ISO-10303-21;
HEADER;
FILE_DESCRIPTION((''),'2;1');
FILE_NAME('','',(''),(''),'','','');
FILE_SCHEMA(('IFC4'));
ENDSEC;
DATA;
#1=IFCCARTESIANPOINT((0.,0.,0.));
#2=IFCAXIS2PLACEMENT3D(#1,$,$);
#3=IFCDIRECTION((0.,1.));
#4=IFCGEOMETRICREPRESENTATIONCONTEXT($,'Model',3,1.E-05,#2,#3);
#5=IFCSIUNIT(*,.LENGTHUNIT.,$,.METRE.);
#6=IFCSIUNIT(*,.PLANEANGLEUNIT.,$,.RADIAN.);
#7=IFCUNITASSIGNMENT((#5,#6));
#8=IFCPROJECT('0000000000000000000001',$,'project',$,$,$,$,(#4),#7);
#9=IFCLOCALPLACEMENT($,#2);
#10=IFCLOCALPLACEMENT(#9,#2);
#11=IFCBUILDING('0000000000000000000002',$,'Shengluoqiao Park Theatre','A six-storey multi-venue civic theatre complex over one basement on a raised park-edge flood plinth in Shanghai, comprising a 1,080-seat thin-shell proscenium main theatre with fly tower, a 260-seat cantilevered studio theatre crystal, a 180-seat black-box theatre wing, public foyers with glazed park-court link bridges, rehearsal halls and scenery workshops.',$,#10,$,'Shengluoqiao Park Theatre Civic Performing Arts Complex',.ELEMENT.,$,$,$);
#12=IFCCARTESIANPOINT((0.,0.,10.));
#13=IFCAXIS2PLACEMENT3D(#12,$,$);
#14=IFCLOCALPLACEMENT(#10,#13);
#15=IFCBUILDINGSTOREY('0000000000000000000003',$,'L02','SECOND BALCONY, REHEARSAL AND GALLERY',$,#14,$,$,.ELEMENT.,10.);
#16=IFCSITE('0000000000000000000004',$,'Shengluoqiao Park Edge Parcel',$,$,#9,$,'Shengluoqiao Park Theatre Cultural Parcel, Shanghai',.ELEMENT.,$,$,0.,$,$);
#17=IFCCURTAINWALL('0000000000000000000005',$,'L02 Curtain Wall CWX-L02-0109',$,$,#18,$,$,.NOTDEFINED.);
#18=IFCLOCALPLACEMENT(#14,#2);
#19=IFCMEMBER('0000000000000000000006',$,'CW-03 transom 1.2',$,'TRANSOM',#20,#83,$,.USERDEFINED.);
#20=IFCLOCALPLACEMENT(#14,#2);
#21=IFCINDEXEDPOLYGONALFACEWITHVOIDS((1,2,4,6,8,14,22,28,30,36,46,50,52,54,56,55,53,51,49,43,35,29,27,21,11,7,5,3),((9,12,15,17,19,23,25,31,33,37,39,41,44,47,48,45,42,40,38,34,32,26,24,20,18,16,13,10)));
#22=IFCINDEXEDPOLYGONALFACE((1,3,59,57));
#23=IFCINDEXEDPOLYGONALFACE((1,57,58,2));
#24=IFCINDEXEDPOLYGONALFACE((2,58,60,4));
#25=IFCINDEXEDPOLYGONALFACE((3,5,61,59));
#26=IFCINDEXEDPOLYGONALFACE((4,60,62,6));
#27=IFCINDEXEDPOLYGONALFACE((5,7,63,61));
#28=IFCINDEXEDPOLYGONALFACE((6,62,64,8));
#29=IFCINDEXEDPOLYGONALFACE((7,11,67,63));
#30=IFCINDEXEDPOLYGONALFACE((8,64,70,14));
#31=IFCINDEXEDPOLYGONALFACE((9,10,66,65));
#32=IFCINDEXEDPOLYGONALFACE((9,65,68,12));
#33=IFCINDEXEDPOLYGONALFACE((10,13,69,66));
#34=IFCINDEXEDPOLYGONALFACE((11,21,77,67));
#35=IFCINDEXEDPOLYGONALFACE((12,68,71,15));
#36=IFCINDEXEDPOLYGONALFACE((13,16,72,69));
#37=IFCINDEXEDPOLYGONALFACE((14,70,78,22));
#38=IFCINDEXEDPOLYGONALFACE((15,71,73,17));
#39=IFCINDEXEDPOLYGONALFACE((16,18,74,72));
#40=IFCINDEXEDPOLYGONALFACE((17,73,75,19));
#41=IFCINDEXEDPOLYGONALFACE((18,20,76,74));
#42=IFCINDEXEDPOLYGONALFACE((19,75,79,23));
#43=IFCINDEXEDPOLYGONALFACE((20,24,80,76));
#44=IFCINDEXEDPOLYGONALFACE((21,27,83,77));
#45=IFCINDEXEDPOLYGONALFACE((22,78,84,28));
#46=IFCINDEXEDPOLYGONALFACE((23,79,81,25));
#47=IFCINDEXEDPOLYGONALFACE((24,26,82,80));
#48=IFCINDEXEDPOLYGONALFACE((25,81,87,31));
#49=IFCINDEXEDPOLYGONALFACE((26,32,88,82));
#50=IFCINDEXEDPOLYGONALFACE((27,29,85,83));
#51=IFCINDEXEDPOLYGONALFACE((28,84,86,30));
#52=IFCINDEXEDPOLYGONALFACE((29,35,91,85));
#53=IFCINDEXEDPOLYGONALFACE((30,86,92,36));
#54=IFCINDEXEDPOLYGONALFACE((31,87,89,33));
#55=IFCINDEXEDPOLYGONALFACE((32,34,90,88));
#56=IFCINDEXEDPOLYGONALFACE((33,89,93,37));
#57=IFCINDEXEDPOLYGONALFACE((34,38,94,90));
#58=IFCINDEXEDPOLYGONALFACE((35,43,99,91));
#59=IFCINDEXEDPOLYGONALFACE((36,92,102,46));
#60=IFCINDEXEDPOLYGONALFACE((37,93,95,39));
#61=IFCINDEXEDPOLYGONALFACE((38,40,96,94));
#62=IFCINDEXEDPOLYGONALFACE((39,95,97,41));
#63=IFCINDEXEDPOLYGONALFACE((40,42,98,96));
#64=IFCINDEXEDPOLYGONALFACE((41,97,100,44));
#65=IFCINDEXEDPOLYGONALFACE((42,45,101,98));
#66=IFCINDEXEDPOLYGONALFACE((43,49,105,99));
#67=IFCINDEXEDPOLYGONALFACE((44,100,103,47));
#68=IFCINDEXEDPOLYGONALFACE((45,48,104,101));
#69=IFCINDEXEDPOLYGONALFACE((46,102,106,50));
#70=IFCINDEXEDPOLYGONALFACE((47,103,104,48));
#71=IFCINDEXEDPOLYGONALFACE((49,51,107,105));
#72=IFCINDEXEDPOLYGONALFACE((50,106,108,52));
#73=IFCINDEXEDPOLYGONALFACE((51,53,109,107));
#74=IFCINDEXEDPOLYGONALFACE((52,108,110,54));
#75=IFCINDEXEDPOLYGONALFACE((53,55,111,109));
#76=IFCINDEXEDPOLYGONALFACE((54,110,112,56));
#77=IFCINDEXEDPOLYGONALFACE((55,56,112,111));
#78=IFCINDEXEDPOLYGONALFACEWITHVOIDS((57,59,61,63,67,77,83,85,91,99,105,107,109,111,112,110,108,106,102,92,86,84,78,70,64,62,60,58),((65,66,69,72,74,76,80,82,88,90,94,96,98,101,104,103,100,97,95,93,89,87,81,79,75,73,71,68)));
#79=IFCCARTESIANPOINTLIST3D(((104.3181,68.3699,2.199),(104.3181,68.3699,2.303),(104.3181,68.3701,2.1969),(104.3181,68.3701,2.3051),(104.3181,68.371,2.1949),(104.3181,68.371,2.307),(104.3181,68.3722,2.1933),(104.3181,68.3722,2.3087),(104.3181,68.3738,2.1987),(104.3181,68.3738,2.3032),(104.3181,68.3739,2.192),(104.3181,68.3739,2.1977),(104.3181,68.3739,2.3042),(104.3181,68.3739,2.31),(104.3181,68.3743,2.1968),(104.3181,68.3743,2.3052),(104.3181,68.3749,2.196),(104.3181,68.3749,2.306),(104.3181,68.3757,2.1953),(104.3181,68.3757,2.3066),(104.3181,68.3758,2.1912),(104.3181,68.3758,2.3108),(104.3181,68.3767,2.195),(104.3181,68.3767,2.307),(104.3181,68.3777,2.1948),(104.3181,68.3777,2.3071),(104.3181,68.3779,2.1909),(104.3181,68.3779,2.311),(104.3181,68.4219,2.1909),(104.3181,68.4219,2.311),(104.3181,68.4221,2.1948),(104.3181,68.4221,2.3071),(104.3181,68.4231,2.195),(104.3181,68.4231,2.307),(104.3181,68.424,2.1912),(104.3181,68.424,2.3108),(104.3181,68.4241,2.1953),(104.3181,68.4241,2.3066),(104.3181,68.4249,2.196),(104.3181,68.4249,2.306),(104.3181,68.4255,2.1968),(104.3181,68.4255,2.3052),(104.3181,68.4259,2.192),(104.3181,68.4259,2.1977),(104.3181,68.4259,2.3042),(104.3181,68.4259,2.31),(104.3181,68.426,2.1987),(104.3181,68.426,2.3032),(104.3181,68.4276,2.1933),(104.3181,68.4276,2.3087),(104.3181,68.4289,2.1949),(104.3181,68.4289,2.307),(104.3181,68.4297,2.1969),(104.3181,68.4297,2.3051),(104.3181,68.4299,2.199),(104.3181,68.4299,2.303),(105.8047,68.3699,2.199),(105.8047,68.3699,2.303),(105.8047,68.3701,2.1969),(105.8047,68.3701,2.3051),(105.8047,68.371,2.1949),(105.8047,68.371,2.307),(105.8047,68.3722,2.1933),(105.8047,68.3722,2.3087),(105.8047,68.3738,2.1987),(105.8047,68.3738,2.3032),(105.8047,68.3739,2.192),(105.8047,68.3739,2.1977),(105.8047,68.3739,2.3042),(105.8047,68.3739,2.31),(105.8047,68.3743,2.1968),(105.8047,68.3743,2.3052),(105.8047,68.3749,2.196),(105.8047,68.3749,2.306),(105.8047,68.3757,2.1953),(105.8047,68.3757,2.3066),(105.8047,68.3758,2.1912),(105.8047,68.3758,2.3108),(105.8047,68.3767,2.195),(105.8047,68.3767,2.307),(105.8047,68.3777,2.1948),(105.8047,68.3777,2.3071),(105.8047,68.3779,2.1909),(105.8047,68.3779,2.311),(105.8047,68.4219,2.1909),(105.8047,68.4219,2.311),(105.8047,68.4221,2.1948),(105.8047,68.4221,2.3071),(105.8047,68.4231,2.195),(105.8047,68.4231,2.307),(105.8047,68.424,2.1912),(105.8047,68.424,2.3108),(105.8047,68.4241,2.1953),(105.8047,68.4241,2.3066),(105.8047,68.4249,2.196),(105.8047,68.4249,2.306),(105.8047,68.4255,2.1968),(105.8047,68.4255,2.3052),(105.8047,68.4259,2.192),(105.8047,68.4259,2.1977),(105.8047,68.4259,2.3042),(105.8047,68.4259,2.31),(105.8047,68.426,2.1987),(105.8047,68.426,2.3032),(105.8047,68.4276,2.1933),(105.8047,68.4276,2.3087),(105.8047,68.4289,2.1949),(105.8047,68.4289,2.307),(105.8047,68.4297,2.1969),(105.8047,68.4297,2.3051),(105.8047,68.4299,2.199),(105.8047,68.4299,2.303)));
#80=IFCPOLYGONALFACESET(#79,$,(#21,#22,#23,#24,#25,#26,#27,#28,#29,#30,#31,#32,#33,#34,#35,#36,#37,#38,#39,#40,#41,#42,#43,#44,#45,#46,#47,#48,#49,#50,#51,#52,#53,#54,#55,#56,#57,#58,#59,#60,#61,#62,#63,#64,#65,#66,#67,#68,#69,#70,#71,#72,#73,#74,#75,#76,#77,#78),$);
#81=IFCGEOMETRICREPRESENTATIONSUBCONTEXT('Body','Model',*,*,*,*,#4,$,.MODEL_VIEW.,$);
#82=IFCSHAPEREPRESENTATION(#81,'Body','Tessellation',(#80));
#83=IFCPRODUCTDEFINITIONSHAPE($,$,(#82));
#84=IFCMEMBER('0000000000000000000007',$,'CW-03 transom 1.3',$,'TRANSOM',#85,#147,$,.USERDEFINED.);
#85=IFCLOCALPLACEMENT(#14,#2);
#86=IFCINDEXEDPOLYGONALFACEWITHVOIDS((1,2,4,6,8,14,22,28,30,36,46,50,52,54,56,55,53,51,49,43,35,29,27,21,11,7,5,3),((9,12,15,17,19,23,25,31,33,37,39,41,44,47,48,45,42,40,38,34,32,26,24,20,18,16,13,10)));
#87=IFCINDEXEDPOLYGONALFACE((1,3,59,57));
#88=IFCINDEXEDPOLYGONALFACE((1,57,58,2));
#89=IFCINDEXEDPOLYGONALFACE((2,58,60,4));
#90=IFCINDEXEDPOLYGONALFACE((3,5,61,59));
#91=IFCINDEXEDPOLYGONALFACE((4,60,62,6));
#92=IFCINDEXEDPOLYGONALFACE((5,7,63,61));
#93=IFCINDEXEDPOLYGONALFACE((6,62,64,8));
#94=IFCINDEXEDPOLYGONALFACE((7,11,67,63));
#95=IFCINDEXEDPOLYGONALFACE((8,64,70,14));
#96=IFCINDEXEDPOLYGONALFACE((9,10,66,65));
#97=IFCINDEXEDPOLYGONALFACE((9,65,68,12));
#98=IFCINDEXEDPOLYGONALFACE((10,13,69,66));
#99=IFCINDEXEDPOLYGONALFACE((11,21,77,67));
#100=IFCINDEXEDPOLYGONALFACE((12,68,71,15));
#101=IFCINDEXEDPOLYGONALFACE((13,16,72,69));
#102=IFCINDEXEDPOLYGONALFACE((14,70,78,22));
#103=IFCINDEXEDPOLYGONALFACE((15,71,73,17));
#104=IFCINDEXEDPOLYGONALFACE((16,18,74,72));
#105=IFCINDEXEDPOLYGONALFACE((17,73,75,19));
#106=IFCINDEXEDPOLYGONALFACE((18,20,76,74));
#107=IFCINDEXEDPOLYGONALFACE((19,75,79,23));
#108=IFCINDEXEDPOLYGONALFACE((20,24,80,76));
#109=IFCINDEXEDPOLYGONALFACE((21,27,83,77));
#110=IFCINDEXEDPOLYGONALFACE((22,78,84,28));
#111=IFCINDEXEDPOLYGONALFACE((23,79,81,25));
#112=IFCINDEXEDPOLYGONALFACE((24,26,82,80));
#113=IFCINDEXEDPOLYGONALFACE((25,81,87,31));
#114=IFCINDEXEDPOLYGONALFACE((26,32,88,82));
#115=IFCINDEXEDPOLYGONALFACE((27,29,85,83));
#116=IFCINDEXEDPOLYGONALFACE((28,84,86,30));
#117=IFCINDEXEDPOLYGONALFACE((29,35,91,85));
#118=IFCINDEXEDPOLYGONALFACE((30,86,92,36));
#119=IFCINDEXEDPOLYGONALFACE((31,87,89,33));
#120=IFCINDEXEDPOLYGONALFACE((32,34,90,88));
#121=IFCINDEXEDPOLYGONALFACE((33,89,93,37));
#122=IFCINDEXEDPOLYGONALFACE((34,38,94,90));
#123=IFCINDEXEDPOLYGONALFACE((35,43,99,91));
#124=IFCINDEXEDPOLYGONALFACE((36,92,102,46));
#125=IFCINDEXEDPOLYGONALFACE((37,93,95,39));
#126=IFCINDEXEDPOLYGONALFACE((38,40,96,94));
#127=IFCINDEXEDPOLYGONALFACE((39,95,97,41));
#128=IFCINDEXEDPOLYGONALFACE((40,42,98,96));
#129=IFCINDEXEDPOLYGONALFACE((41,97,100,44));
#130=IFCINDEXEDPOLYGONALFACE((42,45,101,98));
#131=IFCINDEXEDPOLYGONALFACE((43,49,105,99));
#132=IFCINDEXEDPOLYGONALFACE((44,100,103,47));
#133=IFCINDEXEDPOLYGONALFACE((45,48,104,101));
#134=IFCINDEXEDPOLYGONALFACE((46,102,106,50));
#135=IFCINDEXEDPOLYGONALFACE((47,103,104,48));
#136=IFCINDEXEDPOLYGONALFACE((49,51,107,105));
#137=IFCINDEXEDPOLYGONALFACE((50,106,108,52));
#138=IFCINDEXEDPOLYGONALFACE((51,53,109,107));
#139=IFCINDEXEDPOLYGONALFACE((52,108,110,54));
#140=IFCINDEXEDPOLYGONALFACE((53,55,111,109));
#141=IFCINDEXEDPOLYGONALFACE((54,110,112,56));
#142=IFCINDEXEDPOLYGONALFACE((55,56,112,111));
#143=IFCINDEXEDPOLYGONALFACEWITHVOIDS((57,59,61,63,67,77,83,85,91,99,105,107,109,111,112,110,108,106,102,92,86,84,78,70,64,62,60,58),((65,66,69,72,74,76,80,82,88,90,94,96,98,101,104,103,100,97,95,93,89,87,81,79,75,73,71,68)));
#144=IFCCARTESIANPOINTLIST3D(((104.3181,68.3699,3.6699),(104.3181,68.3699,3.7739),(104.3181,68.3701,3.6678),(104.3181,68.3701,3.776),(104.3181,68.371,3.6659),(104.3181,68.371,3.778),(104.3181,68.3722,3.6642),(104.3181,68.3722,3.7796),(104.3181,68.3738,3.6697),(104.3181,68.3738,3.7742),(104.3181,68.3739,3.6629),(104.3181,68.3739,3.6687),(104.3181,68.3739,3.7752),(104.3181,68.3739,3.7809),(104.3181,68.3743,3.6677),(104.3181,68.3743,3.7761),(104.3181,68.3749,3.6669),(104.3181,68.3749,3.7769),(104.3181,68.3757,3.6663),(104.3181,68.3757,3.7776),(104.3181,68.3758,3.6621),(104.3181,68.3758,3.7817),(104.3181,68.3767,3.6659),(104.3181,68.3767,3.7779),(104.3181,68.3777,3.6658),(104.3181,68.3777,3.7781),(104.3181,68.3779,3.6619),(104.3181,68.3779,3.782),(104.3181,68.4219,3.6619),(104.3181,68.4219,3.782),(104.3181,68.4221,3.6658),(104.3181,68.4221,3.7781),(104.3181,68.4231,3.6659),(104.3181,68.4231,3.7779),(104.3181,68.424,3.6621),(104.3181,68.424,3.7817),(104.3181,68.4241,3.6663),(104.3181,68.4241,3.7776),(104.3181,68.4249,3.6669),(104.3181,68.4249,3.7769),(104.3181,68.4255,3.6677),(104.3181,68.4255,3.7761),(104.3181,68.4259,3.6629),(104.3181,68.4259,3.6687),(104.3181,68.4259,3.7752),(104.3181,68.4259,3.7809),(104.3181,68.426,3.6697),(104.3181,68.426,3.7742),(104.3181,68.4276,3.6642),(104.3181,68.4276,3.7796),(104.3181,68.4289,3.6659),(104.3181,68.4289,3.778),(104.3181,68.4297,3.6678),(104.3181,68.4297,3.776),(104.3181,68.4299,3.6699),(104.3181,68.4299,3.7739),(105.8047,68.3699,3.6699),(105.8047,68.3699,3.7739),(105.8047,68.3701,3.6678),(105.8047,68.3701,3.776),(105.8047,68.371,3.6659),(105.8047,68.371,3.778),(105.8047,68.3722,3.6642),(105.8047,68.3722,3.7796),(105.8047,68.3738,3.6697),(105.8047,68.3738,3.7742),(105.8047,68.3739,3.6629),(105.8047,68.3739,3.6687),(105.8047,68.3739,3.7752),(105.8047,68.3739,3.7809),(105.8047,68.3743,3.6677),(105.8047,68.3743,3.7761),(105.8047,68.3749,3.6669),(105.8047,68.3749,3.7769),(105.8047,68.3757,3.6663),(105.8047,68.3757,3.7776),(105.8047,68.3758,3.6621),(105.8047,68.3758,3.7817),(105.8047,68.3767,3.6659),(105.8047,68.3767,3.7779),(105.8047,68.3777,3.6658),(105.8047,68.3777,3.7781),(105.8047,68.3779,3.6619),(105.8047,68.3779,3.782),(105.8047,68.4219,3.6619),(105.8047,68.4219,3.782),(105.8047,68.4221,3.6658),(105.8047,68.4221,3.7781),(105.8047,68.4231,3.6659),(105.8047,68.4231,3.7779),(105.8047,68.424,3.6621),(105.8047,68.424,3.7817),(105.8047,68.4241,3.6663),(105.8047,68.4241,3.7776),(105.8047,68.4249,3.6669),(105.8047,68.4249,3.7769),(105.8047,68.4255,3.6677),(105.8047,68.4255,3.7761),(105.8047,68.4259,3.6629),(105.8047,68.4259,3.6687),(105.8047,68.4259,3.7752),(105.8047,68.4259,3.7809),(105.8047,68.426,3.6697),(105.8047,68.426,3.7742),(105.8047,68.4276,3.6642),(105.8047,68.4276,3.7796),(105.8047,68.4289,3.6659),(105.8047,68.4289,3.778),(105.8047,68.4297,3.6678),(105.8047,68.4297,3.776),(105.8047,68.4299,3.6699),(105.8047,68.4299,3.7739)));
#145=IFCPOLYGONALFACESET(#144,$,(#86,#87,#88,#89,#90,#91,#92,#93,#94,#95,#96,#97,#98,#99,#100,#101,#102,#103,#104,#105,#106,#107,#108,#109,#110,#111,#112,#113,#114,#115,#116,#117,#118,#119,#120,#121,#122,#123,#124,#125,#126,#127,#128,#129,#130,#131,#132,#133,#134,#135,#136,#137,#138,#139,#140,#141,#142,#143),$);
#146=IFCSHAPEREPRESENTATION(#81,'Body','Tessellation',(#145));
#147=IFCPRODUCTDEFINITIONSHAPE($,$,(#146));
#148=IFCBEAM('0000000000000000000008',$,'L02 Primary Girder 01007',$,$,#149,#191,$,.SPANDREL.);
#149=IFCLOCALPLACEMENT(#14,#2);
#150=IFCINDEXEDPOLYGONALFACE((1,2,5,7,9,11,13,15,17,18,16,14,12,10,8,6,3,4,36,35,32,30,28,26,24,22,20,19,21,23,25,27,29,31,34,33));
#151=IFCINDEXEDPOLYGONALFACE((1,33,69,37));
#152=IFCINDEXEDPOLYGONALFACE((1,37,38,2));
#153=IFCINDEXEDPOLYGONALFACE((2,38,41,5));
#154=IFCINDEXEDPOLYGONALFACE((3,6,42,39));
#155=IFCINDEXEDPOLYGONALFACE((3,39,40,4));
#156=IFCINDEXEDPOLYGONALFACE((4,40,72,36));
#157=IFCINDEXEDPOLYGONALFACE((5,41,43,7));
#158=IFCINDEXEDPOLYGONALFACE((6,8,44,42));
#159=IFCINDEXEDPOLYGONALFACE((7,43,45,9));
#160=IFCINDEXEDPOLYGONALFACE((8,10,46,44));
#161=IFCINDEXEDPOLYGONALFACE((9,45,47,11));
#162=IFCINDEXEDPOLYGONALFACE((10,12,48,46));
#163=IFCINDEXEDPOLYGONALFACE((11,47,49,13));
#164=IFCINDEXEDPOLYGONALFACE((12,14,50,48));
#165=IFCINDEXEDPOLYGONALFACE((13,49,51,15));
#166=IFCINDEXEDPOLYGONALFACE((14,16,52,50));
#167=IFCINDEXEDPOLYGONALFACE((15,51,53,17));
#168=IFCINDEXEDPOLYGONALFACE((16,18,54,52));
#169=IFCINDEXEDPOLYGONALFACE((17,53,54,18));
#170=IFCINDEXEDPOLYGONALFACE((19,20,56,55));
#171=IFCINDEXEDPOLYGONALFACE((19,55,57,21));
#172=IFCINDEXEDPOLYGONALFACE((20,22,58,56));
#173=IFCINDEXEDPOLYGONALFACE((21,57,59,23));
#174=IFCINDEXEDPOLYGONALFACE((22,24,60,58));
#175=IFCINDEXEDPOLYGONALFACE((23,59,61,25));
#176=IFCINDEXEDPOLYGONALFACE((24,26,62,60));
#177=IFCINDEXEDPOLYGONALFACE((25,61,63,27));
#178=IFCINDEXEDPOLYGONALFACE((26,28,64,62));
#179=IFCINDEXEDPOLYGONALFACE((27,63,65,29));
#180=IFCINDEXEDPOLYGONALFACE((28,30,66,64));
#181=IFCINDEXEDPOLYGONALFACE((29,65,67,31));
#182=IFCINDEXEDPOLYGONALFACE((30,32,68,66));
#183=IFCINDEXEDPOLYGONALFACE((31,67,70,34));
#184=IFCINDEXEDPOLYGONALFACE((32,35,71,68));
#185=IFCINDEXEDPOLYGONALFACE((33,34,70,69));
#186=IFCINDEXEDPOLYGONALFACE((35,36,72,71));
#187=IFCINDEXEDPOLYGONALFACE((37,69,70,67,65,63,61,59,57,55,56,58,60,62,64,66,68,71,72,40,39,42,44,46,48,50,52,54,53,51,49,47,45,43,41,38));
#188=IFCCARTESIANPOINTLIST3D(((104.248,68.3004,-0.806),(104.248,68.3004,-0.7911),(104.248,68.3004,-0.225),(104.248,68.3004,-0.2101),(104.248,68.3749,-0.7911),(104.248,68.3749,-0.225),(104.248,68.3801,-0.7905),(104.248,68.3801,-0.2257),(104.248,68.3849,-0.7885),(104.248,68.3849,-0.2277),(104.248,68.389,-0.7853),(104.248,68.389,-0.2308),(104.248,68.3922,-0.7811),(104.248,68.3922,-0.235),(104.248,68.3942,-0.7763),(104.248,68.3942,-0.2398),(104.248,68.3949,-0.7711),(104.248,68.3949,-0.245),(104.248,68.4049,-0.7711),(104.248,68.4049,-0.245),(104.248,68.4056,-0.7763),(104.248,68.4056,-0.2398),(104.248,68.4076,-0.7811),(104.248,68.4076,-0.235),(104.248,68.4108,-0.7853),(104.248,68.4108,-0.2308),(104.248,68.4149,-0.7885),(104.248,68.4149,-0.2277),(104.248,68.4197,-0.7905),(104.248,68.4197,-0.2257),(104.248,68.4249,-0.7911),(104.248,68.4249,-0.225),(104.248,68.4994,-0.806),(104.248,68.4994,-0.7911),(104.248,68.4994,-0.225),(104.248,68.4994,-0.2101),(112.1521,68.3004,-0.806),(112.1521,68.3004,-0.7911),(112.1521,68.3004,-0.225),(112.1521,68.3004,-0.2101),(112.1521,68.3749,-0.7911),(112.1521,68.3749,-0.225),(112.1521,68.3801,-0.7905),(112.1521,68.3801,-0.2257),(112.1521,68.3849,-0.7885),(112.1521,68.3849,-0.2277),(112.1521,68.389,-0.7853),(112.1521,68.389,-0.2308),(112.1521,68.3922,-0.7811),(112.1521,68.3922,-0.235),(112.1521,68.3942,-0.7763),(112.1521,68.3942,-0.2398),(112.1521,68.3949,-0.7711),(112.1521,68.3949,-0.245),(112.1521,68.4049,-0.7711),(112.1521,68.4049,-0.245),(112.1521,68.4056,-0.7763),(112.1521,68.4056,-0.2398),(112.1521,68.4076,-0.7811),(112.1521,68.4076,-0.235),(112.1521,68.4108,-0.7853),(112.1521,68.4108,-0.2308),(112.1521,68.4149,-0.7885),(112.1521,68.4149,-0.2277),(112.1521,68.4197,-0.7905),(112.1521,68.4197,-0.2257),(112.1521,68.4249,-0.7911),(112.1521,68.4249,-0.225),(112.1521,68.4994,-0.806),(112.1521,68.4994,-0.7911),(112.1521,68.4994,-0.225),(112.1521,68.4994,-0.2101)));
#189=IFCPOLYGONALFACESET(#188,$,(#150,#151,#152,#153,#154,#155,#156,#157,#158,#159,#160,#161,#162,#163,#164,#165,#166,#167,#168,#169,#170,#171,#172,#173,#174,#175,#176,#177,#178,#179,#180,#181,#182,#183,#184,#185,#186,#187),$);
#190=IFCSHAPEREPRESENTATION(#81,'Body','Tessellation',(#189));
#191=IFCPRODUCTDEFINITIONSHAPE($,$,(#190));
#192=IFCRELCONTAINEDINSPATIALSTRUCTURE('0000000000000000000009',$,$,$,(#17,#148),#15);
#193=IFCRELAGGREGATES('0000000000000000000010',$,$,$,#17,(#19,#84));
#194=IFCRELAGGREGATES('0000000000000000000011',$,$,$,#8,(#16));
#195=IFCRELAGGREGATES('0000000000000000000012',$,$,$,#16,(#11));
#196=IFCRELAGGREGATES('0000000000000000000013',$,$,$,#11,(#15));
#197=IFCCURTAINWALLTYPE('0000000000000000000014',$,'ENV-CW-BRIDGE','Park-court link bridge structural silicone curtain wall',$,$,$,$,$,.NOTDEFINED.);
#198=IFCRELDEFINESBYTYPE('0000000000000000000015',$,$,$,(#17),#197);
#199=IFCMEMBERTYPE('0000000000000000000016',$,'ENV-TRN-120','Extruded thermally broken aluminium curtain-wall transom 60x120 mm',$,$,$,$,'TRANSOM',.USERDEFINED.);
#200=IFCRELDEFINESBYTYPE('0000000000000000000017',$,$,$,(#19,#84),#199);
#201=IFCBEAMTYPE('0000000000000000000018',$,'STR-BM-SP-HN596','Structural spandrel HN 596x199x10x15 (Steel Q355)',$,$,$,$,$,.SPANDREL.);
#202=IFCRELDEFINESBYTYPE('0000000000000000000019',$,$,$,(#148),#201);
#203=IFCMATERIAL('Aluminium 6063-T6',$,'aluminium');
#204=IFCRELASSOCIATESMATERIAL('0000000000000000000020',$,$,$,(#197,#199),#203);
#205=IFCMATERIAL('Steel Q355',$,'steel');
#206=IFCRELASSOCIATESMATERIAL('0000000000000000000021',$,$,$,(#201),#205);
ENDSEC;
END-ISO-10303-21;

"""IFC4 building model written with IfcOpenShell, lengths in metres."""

from ifc_helpers import new_model, si_unit, direction, frame, origin, origin_2d, place, context, subcontext, project, spatial, hollow_rectangle, i_section, extrude, material, material_profile, profile_set, type_object, element, aggregate, save


model = new_model("IFC4")

# Units and contexts
model_context = context("Model", 3, precision=1e-05, world=origin(), true_north=direction((0.0, 1.0)))
body_context = subcontext(model_context, "Body", "Model", "MODEL_VIEW")
ifc_project = project(units=[si_unit("LENGTHUNIT", "METRE"), si_unit("PLANEANGLEUNIT", "RADIAN")], contexts=[model_context])

# Site, building, storey
site_placement = place(None, origin())
site = spatial("IfcSite", under=ifc_project, at=site_placement, Name="Shengluoqiao Park Edge Parcel", LongName="Shengluoqiao Park Theatre Cultural Parcel, Shanghai", CompositionType="ELEMENT", RefElevation=0.0)
building_placement = place(site_placement, origin())
building = spatial("IfcBuilding", under=site, at=building_placement, Name="Shengluoqiao Park Theatre", Description="A six-storey multi-venue civic theatre complex over one basement on a raised park-edge flood plinth in Shanghai, comprising a 1,080-seat thin-shell proscenium main theatre with fly tower, a 260-seat cantilevered studio theatre crystal, a 180-seat black-box theatre wing, public foyers with glazed park-court link bridges, rehearsal halls and scenery workshops.", LongName="Shengluoqiao Park Theatre Civic Performing Arts Complex", CompositionType="ELEMENT")
storey_placement = place(building_placement, frame((0.0, 0.0, 10.0)))
storey = spatial("IfcBuildingStorey", under=building, at=storey_placement, Name="L02", Description="SECOND BALCONY, REHEARSAL AND GALLERY", CompositionType="ELEMENT", Elevation=10.0)

# Shared definitions
ifc_material_1 = material(Name="Aluminium 6063-T6", Category="aluminium")
curtain_wall_type = type_object("IfcCurtainWallType", Name="ENV-CW-BRIDGE", Description="Park-court link bridge structural silicone curtain wall", PredefinedType="NOTDEFINED", material=ifc_material_1)

# Curtain wall
curtain_wall_1_placement = place(storey_placement, origin())
curtain_wall_1 = element("IfcCurtainWall", 1, at=curtain_wall_1_placement, inside=storey, type_object=curtain_wall_type, Name="L02 Curtain Wall CWX-L02-0109", PredefinedType="NOTDEFINED")

# Members
ifc_material_profile_1 = material_profile(ifc_material_1, hollow_rectangle(XDim=0.0601, YDim=0.1201, WallThickness=0.0039, InnerFilletRadius=0.0039, OuterFilletRadius=0.0081, at=origin_2d()), Name="ALU TRANSOM 120x60x4")
ifc_profile_set_1 = profile_set([ifc_material_profile_1], Name="Aluminium 6063-T6")
member_type_1 = type_object("IfcMemberType", Name="ENV-TRN-120", Description="Extruded thermally broken aluminium curtain-wall transom 60x120 mm", ElementType="TRANSOM", PredefinedType="USERDEFINED", material=ifc_profile_set_1)
member_1_placement = place(storey_placement, frame((104.3181, 68.3999, 2.251), z_axis=(1.0, 0.0, 0.0), x_axis=(0.0, 1.0, 0.0)))
member_1 = element("IfcMember", 2, at=member_1_placement, type_object=member_type_1, Name="CW-03 transom 1.2", ObjectType="TRANSOM", PredefinedType="USERDEFINED", context=body_context, shape_type="SweptSolid", body=[
    extrude(hollow_rectangle(XDim=0.0601, YDim=0.1201, WallThickness=0.0039, InnerFilletRadius=0.0039, OuterFilletRadius=0.0081, at=origin_2d()), origin(), (0.0, 0.0, 1.0), 1.4866),
])
member_2_placement = place(storey_placement, frame((104.3181, 68.3999, 3.7219), z_axis=(1.0, 0.0, 0.0), x_axis=(0.0, 1.0, 0.0)))
member_2 = element("IfcMember", 3, at=member_2_placement, type_object=member_type_1, Name="CW-03 transom 1.3", ObjectType="TRANSOM", PredefinedType="USERDEFINED", context=body_context, shape_type="SweptSolid", body=[
    extrude(hollow_rectangle(XDim=0.0601, YDim=0.1201, WallThickness=0.0039, InnerFilletRadius=0.0039, OuterFilletRadius=0.0081, at=origin_2d()), origin(), (0.0, 0.0, 1.0), 1.4866),
])

# Beam
ifc_material_2 = material(Name="Steel Q355", Category="steel")
ifc_material_profile_2 = material_profile(ifc_material_2, i_section(OverallWidth=0.199, OverallDepth=0.5959, WebThickness=0.01, FlangeThickness=0.0149, FilletRadius=0.02, at=origin_2d()), Name="HN 596x199x10x15")
ifc_profile_set_2 = profile_set([ifc_material_profile_2], Name="Steel Q355")
beam_type = type_object("IfcBeamType", Name="STR-BM-SP-HN596", Description="Structural spandrel HN 596x199x10x15 (Steel Q355)", PredefinedType="SPANDREL", material=ifc_profile_set_2)
beam_placement = place(storey_placement, frame((104.248, 68.3999, -0.5081), z_axis=(1.0, 0.0, 0.0), x_axis=(0.0, 1.0, 0.0)))
element("IfcBeam", 4, at=beam_placement, inside=storey, type_object=beam_type, Name="L02 Primary Girder 01007", PredefinedType="SPANDREL", context=body_context, shape_type="SweptSolid", body=[
    extrude(i_section(OverallWidth=0.199, OverallDepth=0.5959, WebThickness=0.01, FlangeThickness=0.0149, FilletRadius=0.02, at=origin_2d()), origin(), (0.0, 0.0, 1.0), 7.9041),
])

aggregate(curtain_wall_1, [member_1, member_2])

save(model, "model.ifc")
